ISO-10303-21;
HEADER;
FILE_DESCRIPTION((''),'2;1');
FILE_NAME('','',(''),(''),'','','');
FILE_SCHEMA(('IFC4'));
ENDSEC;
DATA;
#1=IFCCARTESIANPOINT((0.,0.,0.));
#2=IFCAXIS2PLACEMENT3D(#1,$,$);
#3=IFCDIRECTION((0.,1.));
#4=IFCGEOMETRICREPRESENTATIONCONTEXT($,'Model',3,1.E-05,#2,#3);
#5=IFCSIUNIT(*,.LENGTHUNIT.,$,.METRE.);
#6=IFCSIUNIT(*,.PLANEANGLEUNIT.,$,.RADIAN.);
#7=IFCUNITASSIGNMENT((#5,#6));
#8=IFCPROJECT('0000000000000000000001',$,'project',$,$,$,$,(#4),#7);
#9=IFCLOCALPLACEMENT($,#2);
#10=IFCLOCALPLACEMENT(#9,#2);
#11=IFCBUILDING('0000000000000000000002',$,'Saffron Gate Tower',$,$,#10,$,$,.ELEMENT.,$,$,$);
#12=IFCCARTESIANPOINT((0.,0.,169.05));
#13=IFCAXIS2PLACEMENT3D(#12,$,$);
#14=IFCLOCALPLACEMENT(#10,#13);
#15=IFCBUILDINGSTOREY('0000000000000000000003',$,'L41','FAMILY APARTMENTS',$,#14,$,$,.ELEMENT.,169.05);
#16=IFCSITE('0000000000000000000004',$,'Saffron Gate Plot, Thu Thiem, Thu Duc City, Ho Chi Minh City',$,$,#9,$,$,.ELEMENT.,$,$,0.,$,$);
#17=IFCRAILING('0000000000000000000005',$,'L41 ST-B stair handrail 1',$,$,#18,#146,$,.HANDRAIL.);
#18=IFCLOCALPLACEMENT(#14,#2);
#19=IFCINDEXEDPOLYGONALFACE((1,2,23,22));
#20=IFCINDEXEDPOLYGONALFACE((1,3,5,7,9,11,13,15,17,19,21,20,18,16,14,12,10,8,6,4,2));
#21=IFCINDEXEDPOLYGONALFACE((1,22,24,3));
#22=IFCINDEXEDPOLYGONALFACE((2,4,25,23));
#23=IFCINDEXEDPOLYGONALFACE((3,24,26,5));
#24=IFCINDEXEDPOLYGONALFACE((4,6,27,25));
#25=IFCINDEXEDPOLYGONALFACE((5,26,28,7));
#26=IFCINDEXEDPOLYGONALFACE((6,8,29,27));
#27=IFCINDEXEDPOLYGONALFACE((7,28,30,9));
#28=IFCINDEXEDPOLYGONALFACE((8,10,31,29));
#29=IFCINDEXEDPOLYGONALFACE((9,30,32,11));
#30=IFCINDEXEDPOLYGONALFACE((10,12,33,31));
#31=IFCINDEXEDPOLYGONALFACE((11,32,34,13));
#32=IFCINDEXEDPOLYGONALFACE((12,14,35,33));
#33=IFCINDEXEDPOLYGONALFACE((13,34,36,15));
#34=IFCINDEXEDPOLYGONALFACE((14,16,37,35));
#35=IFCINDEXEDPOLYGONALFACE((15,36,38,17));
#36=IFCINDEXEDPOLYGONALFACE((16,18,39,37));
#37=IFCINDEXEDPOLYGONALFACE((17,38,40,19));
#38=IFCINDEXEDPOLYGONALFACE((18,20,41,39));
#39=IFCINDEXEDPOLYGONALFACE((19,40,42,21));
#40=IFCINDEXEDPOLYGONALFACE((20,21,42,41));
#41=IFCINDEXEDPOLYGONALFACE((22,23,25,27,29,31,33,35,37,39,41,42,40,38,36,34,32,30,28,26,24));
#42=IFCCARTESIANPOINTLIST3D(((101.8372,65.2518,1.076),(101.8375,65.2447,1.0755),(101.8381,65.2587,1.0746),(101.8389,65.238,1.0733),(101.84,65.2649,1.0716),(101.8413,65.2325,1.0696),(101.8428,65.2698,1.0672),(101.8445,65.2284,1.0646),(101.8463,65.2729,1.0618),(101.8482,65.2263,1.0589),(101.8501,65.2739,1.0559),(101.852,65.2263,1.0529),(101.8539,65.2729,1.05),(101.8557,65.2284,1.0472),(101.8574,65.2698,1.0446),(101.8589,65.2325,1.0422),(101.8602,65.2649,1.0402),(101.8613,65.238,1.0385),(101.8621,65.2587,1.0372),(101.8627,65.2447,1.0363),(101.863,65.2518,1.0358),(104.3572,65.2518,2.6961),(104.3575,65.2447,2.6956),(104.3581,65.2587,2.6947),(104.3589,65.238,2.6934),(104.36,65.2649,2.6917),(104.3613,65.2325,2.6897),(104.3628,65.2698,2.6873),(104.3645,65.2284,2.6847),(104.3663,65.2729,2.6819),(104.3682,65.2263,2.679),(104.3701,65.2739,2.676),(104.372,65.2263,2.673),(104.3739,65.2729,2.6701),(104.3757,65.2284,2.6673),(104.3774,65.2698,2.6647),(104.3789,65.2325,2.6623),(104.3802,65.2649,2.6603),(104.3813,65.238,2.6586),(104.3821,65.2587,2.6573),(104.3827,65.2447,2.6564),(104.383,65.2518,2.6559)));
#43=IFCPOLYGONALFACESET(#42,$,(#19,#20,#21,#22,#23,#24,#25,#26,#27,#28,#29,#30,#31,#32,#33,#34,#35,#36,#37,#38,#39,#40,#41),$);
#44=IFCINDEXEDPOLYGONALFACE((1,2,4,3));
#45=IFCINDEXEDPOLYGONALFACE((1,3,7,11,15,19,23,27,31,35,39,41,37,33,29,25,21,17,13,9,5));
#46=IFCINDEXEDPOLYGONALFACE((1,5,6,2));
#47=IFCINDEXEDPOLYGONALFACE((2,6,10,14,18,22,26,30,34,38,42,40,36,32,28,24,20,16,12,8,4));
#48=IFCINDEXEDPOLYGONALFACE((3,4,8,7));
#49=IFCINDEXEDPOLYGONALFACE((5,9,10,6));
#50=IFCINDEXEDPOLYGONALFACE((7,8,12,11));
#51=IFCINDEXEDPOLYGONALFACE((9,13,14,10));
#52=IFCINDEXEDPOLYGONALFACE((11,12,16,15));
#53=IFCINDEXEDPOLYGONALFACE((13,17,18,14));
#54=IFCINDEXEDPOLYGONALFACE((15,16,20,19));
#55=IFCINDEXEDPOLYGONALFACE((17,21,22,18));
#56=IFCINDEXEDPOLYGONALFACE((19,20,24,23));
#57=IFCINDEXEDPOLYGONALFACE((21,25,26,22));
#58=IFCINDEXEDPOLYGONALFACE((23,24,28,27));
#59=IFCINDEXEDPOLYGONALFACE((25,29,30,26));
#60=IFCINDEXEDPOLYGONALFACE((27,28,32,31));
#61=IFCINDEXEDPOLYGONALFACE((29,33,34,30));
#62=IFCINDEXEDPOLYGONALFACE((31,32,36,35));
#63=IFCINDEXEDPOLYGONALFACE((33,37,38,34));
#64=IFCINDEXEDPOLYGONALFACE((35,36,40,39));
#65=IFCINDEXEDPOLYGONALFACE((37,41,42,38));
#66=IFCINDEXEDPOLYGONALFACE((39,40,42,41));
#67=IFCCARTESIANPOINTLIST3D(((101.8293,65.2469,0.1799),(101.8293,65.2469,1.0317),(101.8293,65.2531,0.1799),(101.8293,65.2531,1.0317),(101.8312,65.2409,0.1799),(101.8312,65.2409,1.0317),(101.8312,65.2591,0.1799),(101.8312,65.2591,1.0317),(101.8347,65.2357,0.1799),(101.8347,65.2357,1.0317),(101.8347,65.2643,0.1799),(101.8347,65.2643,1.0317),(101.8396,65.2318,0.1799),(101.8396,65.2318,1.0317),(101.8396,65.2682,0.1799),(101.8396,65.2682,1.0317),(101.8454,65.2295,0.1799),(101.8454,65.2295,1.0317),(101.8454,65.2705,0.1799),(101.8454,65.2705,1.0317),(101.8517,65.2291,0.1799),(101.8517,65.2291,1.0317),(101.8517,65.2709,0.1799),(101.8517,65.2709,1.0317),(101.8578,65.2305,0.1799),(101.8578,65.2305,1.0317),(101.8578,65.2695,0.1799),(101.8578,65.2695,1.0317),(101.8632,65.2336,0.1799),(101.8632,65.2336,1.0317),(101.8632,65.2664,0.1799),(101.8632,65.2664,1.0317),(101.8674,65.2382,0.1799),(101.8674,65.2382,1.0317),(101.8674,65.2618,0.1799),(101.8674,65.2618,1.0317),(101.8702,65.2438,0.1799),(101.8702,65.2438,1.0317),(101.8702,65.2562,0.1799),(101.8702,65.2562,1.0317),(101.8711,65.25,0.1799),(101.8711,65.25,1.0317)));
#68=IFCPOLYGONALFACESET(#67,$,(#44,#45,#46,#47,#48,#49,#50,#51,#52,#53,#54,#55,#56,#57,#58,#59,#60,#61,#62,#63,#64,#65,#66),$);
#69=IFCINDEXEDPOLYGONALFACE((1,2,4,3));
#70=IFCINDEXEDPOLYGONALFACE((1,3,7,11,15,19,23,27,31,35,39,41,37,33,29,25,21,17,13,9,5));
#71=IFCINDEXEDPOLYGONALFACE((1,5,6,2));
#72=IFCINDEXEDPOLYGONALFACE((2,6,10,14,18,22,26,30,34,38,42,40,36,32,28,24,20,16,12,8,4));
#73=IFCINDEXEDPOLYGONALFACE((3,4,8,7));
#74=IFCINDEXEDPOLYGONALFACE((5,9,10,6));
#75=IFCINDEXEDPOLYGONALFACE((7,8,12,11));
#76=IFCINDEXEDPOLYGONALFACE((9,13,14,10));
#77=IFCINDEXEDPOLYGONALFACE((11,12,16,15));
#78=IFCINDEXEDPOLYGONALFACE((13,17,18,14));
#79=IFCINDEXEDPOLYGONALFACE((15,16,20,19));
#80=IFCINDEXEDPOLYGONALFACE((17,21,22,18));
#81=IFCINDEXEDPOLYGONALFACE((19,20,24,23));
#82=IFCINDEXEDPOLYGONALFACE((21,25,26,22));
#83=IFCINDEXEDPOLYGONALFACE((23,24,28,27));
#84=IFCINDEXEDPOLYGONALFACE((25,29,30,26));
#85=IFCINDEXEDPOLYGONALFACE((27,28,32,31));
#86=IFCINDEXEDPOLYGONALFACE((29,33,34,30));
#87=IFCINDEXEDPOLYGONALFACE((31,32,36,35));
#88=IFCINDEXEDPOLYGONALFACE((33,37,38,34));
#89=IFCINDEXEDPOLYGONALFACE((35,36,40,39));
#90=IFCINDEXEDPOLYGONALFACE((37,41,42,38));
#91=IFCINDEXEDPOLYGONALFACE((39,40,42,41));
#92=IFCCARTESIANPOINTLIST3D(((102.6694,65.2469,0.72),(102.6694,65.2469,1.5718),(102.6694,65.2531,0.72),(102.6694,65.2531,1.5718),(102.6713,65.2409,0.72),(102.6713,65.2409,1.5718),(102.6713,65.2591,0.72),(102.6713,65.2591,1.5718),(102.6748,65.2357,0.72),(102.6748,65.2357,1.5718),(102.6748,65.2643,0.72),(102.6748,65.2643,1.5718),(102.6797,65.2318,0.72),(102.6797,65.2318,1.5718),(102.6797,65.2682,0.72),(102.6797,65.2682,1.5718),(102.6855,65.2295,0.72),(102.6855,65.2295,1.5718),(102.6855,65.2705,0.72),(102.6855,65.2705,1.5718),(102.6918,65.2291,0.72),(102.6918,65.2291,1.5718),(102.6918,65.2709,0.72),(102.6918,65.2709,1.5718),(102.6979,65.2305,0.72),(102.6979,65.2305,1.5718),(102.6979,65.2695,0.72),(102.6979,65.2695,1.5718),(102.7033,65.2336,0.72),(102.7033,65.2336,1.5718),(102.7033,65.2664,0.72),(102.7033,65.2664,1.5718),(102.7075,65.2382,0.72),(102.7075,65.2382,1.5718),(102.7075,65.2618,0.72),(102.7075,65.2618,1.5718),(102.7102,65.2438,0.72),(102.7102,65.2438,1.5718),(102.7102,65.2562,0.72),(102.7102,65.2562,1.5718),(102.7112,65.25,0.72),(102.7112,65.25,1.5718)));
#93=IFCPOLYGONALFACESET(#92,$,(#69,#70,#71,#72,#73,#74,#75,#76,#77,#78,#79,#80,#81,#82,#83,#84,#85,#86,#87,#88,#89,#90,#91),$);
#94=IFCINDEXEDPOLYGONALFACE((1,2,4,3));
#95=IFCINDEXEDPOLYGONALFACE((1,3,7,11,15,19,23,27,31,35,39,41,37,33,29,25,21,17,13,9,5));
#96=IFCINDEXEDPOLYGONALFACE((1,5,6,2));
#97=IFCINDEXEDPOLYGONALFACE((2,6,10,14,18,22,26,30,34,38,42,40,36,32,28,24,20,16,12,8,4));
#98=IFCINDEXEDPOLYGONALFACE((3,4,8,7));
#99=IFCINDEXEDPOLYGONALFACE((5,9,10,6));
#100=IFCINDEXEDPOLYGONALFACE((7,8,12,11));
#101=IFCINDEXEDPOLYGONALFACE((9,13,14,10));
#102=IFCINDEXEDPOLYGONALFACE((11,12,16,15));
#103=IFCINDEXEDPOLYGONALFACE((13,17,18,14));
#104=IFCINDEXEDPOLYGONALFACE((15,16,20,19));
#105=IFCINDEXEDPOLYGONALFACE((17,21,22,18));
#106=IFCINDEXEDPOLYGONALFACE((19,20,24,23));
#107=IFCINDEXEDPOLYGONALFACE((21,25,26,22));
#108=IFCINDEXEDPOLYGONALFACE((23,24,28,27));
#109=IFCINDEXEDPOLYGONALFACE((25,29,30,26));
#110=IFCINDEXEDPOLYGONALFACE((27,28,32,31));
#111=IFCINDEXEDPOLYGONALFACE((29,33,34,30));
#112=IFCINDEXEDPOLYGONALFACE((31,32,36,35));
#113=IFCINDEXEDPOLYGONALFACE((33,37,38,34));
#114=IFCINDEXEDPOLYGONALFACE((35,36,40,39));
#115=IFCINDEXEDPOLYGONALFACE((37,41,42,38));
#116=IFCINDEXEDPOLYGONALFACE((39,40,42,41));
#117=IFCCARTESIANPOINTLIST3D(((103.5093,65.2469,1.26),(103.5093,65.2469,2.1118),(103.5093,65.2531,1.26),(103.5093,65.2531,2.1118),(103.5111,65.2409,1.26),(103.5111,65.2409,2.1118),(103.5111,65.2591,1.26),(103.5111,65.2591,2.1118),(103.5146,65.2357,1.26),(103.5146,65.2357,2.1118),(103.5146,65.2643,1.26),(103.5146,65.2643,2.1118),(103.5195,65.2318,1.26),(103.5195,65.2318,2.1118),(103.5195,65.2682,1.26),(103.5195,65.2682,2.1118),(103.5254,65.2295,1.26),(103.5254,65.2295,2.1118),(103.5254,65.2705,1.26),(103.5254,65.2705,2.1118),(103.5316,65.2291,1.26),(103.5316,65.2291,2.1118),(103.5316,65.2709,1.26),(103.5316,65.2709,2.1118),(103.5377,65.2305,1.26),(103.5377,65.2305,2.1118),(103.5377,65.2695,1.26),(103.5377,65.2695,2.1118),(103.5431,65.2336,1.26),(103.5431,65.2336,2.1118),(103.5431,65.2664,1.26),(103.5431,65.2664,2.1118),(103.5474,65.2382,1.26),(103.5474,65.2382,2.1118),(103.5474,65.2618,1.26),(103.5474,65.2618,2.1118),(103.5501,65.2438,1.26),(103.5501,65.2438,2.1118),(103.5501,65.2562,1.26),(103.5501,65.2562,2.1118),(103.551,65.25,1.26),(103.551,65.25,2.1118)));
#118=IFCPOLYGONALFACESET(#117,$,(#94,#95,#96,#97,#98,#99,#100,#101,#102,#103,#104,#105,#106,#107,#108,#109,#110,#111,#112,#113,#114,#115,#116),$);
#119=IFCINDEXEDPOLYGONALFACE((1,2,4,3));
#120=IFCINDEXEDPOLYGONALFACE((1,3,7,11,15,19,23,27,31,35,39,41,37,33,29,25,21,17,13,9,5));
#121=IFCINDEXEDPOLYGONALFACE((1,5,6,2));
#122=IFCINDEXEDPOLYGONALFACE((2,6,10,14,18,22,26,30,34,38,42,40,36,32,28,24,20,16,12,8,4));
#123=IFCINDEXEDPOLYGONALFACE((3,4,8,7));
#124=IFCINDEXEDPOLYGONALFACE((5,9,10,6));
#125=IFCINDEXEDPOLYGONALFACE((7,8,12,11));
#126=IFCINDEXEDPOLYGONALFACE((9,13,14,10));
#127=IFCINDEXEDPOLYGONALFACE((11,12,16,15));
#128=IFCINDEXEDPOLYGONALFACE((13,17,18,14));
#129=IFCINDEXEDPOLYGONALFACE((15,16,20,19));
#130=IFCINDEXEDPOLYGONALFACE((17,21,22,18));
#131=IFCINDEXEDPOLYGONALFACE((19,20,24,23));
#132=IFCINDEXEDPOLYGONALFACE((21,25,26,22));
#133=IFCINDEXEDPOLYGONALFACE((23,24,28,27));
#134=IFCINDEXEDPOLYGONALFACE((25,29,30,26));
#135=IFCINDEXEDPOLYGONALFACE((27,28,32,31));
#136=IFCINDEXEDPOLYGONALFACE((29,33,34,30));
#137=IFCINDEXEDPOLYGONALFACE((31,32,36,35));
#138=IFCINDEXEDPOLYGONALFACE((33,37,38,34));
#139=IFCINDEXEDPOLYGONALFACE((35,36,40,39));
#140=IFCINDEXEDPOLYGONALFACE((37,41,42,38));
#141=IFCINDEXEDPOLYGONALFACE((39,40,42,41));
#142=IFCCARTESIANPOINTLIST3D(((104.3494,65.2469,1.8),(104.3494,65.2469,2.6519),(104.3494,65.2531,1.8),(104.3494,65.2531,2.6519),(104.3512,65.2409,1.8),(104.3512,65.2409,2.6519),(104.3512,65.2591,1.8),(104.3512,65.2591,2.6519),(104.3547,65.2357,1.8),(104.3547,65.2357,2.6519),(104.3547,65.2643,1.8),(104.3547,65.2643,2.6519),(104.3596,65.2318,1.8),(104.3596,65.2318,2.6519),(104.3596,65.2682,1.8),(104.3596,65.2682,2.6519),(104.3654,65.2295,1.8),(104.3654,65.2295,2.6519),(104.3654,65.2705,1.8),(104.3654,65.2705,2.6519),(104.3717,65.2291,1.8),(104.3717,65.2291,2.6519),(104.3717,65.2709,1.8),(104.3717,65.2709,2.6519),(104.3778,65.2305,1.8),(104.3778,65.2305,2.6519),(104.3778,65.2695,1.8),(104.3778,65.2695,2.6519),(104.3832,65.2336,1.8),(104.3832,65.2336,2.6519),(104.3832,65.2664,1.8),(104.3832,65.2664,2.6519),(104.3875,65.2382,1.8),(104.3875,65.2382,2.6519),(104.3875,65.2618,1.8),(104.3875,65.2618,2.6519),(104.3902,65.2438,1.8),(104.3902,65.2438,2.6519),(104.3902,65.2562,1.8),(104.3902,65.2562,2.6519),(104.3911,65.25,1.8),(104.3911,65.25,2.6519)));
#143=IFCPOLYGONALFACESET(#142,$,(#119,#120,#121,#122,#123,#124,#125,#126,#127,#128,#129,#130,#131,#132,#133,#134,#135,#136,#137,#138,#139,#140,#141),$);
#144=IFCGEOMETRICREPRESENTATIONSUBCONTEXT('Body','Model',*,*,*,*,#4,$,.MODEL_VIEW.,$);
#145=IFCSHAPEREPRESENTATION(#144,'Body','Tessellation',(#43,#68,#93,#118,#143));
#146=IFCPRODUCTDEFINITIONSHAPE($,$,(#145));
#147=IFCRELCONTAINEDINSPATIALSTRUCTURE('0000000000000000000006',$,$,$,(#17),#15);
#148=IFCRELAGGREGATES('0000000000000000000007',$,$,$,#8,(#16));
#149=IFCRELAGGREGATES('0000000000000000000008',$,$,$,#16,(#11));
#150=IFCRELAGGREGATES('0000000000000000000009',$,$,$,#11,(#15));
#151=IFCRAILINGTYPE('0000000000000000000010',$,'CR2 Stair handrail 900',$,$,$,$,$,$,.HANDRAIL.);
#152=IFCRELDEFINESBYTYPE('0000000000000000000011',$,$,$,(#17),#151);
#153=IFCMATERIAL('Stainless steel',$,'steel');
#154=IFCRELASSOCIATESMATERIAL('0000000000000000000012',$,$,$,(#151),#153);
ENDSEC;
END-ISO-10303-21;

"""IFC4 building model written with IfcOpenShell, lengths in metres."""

from ifc_helpers import new_model, si_unit, direction, frame, origin, origin_2d, place, context, subcontext, project, spatial, circle, extrude, material, type_object, element, save


model = new_model("IFC4")

# Units and contexts
model_context = context("Model", 3, precision=1e-05, world=origin(), true_north=direction((0.0, 1.0)))
body_context = subcontext(model_context, "Body", "Model", "MODEL_VIEW")
ifc_project = project(units=[si_unit("LENGTHUNIT", "METRE"), si_unit("PLANEANGLEUNIT", "RADIAN")], contexts=[model_context])

# Site, building, storey
site_placement = place(None, origin())
site = spatial("IfcSite", under=ifc_project, at=site_placement, Name="Saffron Gate Plot, Thu Thiem, Thu Duc City, Ho Chi Minh City", CompositionType="ELEMENT", RefElevation=0.0)
building_placement = place(site_placement, origin())
building = spatial("IfcBuilding", under=site, at=building_placement, Name="Saffron Gate Tower", CompositionType="ELEMENT")
storey_placement = place(building_placement, frame((0.0, 0.0, 169.05)))
storey = spatial("IfcBuildingStorey", under=building, at=storey_placement, Name="L41", Description="FAMILY APARTMENTS", CompositionType="ELEMENT", Elevation=169.05)

# Railing
ifc_material_1 = material(Name="Stainless steel", Category="steel")
railing_type_1 = type_object("IfcRailingType", Name="CR2 Stair handrail 900", PredefinedType="HANDRAIL", material=ifc_material_1)
railing_1_placement = place(storey_placement, frame((101.8501, 65.25, 0.1799)))
element("IfcRailing", 1, at=railing_1_placement, inside=storey, type_object=railing_type_1, Name="L41 ST-B stair handrail 1", PredefinedType="HANDRAIL", context=body_context, shape_type="SweptSolid", body=[
    extrude(circle(Radius=0.0239, at=origin_2d()), frame((0.0, 0.0, 0.876), z_axis=(0.841163, 0.0, 0.540782), x_axis=(0.0, 1.0, 0.0)), (0.0, 0.0, 1.0), 2.9958),
    extrude(circle(Radius=0.021, at=origin_2d()), origin(), (0.0, 0.0, 1.0), 0.8518),
    extrude(circle(Radius=0.021, at=origin_2d()), frame((0.8401, 0.0, 0.54)), (0.0, 0.0, 1.0), 0.8518),
    extrude(circle(Radius=0.021, at=origin_2d()), frame((1.6799, 0.0, 1.0801)), (0.0, 0.0, 1.0), 0.8518),
    extrude(circle(Radius=0.021, at=origin_2d()), frame((2.52, 0.0, 1.6201)), (0.0, 0.0, 1.0), 0.8518),
])

save(model, "model.ifc")
